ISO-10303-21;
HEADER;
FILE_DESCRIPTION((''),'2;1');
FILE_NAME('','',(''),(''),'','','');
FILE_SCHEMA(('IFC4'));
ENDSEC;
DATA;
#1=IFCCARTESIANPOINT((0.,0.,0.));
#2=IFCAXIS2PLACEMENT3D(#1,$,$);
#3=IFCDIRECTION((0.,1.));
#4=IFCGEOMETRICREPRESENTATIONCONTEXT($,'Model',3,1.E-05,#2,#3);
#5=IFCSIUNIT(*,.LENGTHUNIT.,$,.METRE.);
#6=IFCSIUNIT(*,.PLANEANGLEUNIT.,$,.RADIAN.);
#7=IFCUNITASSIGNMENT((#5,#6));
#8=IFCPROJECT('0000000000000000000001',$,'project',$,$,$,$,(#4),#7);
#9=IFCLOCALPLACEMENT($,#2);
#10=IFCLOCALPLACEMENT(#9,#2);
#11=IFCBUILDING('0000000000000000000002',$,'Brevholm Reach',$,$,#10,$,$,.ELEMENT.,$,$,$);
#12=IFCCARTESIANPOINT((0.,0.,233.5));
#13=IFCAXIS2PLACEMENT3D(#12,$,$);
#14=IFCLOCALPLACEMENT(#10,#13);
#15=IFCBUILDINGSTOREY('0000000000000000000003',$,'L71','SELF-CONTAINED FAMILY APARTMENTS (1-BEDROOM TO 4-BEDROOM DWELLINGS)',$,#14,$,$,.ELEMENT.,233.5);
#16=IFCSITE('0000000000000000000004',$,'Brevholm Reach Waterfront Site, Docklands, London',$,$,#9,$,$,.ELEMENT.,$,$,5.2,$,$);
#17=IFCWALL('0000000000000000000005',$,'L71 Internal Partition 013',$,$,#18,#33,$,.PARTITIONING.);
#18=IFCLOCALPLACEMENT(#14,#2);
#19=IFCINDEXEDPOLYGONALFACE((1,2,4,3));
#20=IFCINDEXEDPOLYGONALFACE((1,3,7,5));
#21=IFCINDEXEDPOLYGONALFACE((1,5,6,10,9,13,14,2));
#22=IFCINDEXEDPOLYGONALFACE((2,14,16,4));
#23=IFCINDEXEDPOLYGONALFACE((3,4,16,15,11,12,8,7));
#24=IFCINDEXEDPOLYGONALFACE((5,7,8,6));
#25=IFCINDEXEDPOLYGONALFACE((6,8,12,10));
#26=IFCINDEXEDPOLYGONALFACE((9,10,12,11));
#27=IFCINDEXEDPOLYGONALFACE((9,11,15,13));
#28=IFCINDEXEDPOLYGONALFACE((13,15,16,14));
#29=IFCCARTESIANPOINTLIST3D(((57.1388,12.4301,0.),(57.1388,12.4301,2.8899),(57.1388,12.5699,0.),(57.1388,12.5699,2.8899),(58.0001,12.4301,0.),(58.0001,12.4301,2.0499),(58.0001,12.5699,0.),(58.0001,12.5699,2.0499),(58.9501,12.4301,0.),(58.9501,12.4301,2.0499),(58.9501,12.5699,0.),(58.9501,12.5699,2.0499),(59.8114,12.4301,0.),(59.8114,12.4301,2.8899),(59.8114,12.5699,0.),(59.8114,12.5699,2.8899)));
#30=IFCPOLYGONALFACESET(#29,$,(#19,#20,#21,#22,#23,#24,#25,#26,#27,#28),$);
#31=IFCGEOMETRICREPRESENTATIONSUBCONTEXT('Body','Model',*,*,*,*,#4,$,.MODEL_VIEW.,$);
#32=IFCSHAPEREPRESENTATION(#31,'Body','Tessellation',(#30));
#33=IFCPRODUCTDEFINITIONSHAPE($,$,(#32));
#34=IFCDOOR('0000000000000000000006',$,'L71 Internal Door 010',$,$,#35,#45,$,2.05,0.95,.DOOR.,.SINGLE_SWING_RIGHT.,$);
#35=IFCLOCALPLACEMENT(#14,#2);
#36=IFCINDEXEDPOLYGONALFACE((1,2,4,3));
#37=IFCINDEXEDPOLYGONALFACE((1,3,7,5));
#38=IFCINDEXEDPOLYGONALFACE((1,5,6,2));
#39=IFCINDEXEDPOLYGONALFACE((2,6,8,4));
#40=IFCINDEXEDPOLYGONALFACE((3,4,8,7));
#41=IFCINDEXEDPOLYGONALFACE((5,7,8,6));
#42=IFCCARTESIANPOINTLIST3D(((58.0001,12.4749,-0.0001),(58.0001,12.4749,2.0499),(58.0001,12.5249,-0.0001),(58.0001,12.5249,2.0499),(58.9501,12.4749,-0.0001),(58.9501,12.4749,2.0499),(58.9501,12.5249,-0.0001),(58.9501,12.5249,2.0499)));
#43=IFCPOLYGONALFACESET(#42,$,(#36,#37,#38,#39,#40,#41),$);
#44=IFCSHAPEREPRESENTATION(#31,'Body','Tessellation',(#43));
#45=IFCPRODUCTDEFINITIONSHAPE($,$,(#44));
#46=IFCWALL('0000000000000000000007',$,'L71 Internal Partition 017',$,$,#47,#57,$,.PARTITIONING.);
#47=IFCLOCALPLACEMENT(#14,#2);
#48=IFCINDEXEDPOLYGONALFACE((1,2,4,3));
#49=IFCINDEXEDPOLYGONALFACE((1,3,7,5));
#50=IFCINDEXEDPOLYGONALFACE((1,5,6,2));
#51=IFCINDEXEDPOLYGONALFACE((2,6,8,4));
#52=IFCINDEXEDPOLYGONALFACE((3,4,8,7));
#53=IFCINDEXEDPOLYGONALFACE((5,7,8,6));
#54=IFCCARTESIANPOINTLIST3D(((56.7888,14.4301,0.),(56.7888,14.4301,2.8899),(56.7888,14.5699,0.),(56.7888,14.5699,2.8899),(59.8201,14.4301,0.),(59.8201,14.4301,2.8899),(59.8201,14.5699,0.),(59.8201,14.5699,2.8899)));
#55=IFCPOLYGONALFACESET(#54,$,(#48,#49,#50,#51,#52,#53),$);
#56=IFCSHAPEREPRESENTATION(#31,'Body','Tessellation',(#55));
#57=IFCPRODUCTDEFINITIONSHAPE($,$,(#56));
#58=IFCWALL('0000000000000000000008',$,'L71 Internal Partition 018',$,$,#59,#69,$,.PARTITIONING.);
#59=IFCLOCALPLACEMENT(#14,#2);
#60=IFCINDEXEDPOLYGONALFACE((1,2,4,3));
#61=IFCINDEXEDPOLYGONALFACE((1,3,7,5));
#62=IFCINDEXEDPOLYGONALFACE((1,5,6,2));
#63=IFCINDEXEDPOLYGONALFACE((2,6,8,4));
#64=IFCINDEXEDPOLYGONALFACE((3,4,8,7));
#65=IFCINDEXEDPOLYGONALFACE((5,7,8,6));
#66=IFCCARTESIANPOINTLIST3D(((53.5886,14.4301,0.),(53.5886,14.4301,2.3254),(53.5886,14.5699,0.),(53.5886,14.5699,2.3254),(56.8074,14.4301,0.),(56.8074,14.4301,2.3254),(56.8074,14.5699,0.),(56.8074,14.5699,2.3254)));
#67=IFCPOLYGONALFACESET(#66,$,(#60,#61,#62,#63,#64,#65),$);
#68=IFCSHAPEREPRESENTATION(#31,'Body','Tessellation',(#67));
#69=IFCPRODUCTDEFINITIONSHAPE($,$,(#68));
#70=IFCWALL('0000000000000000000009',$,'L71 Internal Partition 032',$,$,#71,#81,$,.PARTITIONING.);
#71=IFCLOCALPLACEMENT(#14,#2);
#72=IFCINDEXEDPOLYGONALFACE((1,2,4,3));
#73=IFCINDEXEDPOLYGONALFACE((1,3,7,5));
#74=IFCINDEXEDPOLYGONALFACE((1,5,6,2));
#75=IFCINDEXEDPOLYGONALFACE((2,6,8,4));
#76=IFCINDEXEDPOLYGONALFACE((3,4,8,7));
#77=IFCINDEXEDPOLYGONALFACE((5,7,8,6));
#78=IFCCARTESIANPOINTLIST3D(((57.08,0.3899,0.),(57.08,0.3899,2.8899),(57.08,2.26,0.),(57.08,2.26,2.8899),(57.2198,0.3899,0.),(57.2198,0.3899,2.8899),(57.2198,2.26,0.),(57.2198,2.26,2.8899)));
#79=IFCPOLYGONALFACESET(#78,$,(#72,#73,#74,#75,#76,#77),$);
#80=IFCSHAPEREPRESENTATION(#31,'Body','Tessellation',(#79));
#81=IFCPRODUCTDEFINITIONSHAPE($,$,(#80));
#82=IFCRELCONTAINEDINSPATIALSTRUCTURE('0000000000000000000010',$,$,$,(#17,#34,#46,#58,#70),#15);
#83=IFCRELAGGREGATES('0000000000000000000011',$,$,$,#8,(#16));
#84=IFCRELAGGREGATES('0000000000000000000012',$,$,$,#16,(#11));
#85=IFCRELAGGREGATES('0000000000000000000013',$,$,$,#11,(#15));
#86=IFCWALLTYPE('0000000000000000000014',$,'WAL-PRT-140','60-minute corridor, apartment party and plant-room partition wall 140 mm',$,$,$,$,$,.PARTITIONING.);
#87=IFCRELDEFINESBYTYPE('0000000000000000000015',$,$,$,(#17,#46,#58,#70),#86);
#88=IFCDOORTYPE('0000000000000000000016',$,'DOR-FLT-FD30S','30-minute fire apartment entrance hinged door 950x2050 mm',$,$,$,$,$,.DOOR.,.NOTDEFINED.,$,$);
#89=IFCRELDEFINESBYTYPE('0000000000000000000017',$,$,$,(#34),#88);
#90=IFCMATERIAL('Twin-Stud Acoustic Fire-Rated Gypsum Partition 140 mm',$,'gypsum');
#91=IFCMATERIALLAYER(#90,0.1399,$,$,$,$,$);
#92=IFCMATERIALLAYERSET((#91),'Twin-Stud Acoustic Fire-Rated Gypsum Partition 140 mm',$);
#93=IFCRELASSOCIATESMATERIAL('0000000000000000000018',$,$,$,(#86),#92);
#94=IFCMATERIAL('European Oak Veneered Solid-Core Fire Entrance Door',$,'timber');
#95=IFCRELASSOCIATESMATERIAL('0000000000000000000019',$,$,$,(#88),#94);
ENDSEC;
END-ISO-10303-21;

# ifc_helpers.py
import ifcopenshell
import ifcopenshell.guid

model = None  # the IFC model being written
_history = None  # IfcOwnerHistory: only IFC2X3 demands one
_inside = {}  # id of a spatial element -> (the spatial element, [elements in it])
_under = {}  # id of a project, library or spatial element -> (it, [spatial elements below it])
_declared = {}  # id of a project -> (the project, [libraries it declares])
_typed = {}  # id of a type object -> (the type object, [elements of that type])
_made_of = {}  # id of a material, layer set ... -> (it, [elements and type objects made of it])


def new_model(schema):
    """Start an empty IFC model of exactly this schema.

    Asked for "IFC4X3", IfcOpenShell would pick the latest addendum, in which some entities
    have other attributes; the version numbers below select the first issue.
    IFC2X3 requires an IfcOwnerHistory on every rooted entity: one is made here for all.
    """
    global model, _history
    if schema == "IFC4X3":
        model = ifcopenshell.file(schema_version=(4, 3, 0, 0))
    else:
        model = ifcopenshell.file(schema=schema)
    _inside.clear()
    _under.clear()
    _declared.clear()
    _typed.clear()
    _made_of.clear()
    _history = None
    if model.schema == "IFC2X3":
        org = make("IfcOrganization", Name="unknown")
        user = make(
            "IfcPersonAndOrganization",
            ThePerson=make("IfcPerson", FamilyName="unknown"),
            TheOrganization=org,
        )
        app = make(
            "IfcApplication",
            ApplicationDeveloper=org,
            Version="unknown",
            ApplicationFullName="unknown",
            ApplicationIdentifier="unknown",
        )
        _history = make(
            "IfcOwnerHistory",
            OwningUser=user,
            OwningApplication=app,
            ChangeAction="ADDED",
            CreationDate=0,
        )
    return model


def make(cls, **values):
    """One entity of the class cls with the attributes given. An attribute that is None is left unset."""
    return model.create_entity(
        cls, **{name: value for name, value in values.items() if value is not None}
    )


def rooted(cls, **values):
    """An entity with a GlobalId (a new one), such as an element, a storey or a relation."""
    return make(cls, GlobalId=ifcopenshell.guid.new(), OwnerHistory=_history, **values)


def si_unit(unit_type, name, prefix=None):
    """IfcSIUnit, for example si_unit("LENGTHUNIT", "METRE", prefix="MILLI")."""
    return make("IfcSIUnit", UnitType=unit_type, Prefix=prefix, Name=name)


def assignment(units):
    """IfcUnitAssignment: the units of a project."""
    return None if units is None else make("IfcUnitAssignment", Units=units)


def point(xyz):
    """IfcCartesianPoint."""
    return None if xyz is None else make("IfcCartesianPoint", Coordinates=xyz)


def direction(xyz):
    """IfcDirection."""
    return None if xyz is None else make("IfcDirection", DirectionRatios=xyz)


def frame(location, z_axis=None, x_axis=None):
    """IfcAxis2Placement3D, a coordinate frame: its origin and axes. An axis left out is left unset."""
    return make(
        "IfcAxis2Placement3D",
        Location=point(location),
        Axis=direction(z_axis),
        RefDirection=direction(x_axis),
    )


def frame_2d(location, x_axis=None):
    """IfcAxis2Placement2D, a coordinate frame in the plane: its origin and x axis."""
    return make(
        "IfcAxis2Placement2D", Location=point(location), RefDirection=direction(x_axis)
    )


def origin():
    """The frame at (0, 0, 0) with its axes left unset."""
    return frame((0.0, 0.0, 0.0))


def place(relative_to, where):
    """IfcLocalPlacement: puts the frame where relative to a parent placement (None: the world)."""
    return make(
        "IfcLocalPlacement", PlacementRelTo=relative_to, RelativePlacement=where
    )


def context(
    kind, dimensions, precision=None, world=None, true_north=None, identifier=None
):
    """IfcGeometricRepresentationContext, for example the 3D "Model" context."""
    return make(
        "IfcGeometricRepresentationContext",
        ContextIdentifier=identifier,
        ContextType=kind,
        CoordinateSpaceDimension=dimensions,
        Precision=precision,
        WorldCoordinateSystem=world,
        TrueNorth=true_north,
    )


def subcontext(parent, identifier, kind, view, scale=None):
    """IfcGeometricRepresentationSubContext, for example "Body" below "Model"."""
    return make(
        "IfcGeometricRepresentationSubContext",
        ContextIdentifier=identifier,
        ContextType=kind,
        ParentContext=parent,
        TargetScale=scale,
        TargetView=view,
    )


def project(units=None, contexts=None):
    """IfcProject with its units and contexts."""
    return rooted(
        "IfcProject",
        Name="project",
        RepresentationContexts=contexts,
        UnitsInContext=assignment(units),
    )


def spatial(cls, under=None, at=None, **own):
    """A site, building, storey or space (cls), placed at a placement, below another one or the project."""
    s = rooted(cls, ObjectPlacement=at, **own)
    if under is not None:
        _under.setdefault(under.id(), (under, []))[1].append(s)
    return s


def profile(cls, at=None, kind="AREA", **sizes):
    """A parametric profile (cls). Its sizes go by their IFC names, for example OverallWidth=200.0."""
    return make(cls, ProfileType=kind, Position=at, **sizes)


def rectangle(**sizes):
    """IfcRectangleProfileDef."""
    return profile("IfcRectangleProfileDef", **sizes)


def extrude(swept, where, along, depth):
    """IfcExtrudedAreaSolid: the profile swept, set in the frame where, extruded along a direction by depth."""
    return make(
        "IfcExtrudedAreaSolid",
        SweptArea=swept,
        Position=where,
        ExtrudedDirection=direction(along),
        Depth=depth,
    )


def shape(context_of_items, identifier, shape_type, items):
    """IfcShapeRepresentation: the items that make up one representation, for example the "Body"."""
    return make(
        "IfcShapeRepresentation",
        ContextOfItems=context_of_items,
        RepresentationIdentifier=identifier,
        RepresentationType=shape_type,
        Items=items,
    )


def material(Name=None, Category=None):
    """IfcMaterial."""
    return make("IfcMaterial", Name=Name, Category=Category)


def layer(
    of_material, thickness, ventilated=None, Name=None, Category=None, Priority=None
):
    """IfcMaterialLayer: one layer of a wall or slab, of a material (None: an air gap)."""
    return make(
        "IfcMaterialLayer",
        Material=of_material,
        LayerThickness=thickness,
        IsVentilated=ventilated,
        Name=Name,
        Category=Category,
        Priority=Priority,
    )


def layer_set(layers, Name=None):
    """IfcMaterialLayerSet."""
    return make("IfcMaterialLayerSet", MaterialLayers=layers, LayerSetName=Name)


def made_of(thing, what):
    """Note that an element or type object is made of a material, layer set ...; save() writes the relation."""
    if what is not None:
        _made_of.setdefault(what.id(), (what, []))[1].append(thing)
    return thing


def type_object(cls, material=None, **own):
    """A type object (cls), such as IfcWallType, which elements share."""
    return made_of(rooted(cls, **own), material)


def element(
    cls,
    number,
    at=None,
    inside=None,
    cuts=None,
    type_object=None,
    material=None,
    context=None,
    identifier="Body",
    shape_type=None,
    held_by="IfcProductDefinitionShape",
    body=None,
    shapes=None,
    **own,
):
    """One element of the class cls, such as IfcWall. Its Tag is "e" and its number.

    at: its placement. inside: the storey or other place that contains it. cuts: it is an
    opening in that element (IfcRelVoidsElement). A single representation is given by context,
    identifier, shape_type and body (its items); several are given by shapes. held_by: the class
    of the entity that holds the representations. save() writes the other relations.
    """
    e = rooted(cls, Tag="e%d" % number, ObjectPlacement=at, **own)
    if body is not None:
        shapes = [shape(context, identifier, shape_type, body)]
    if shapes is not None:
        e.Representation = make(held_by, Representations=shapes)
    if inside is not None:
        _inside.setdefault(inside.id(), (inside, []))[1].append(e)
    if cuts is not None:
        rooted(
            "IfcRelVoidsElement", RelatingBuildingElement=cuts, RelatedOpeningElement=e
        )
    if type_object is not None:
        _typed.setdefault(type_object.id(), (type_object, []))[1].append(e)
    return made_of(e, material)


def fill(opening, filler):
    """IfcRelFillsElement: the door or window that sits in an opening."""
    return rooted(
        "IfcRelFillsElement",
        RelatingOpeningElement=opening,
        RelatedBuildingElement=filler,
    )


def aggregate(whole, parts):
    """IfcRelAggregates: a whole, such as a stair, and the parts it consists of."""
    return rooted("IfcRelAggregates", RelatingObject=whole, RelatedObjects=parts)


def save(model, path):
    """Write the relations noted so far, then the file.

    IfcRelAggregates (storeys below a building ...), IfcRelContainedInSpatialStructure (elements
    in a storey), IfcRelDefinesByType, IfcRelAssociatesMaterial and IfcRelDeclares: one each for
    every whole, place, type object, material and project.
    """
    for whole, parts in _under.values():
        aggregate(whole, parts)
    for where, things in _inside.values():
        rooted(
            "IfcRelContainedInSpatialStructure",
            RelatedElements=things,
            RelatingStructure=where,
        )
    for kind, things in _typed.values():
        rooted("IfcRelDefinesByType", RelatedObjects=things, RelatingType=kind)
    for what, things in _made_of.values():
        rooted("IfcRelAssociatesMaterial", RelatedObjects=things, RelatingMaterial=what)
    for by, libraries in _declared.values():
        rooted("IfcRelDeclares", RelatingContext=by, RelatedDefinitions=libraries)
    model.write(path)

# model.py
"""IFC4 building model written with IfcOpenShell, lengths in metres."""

from ifc_helpers import new_model, si_unit, direction, frame, frame_2d, origin, place, context, subcontext, project, spatial, rectangle, extrude, material, layer, layer_set, type_object, element, fill, save


model = new_model("IFC4")

# Units and contexts
model_context = context("Model", 3, precision=1e-05, world=origin(), true_north=direction((0.0, 1.0)))
body_context = subcontext(model_context, "Body", "Model", "MODEL_VIEW")
ifc_project = project(units=[si_unit("LENGTHUNIT", "METRE"), si_unit("PLANEANGLEUNIT", "RADIAN")], contexts=[model_context])

# Site, building, storey
site_placement = place(None, origin())
site = spatial("IfcSite", under=ifc_project, at=site_placement, Name="Brevholm Reach Waterfront Site, Docklands, London", CompositionType="ELEMENT", RefElevation=5.2)
building_placement = place(site_placement, origin())
building = spatial("IfcBuilding", under=site, at=building_placement, Name="Brevholm Reach", CompositionType="ELEMENT")
storey_placement = place(building_placement, frame((0.0, 0.0, 233.5)))
storey = spatial("IfcBuildingStorey", under=building, at=storey_placement, Name="L71", Description="SELF-CONTAINED FAMILY APARTMENTS (1-BEDROOM TO 4-BEDROOM DWELLINGS)", CompositionType="ELEMENT", Elevation=233.5)

# Shared definitions
ifc_material_1 = material(Name="Twin-Stud Acoustic Fire-Rated Gypsum Partition 140 mm", Category="gypsum")
ifc_layer_1 = layer(ifc_material_1, 0.1399)
ifc_layer_set_1 = layer_set([ifc_layer_1], Name="Twin-Stud Acoustic Fire-Rated Gypsum Partition 140 mm")
wall_type_1 = type_object("IfcWallType", Name="WAL-PRT-140", Description="60-minute corridor, apartment party and plant-room partition wall 140 mm", PredefinedType="PARTITIONING", material=ifc_layer_set_1)
ifc_material_2 = material(Name="European Oak Veneered Solid-Core Fire Entrance Door", Category="timber")
door_type_1 = type_object("IfcDoorType", Name="DOR-FLT-FD30S", Description="30-minute fire apartment entrance hinged door 950x2050 mm", OperationType="NOTDEFINED", PredefinedType="DOOR", material=ifc_material_2)

# Wall, opening, door
wall_1_placement = place(storey_placement, frame((57.1387, 12.5, 0.0), z_axis=(0.0, 0.0, 1.0), x_axis=(1.0, 0.0, 0.0)))
wall_1 = element("IfcWall", 1, at=wall_1_placement, inside=storey, type_object=wall_type_1, Name="L71 Internal Partition 013", PredefinedType="PARTITIONING", context=body_context, shape_type="SweptSolid", body=[
    extrude(rectangle(XDim=2.6726, YDim=0.1399, at=frame_2d((1.3364, 0.0))), origin(), (0.0, 0.0, 1.0), 2.8899),
])
opening_1_placement = place(wall_1_placement, frame((0.8613, 0.0, 0.0)))
opening_1 = element("IfcOpeningElement", 2, at=opening_1_placement, cuts=wall_1, PredefinedType="OPENING", context=body_context, shape_type="SweptSolid", body=[
    extrude(rectangle(XDim=0.95, YDim=2.05, at=frame_2d((0.4751, 1.0249))), frame((0.0, 0.0798, 0.0), z_axis=(0.0, -1.0, 0.0), x_axis=(1.0, 0.0, 0.0)), (0.0, 0.0, 1.0), 0.1599),
])
door_1_placement = place(opening_1_placement, origin())
door_1 = element("IfcDoor", 3, at=door_1_placement, inside=storey, type_object=door_type_1, Name="L71 Internal Door 010", OperationType="SINGLE_SWING_RIGHT", OverallHeight=2.05, OverallWidth=0.95, PredefinedType="DOOR", context=body_context, shape_type="SweptSolid", body=[
    extrude(rectangle(XDim=0.95, YDim=2.05, at=frame_2d((0.4751, 1.0249))), frame((0.0, 0.0249, 0.0), z_axis=(0.0, -1.0, 0.0), x_axis=(1.0, 0.0, 0.0)), (0.0, 0.0, 1.0), 0.05),
])
fill(opening_1, door_1)

# Walls
wall_2_placement = place(storey_placement, frame((56.7888, 14.5, 0.0), z_axis=(0.0, 0.0, 1.0), x_axis=(1.0, 0.0, 0.0)))
element("IfcWall", 4, at=wall_2_placement, inside=storey, type_object=wall_type_1, Name="L71 Internal Partition 017", PredefinedType="PARTITIONING", context=body_context, shape_type="SweptSolid", body=[
    extrude(rectangle(XDim=3.0312, YDim=0.1399, at=frame_2d((1.5156, 0.0))), origin(), (0.0, 0.0, 1.0), 2.8899),
])
wall_3_placement = place(storey_placement, frame((53.5886, 14.5, 0.0), z_axis=(0.0, 0.0, 1.0), x_axis=(1.0, 0.0, 0.0)))
element("IfcWall", 5, at=wall_3_placement, inside=storey, type_object=wall_type_1, Name="L71 Internal Partition 018", PredefinedType="PARTITIONING", context=body_context, shape_type="SweptSolid", body=[
    extrude(rectangle(XDim=3.2188, YDim=0.1399, at=frame_2d((1.6094, 0.0))), origin(), (0.0, 0.0, 1.0), 2.3254),
])
wall_4_placement = place(storey_placement, frame((57.1499, 0.3899, 0.0), z_axis=(0.0, 0.0, 1.0), x_axis=(0.0, 1.0, 0.0)))
element("IfcWall", 6, at=wall_4_placement, inside=storey, type_object=wall_type_1, Name="L71 Internal Partition 032", PredefinedType="PARTITIONING", context=body_context, shape_type="SweptSolid", body=[
    extrude(rectangle(XDim=1.8701, YDim=0.1399, at=frame_2d((0.9351, 0.0))), origin(), (0.0, 0.0, 1.0), 2.8899),
])

save(model, "model.ifc")
